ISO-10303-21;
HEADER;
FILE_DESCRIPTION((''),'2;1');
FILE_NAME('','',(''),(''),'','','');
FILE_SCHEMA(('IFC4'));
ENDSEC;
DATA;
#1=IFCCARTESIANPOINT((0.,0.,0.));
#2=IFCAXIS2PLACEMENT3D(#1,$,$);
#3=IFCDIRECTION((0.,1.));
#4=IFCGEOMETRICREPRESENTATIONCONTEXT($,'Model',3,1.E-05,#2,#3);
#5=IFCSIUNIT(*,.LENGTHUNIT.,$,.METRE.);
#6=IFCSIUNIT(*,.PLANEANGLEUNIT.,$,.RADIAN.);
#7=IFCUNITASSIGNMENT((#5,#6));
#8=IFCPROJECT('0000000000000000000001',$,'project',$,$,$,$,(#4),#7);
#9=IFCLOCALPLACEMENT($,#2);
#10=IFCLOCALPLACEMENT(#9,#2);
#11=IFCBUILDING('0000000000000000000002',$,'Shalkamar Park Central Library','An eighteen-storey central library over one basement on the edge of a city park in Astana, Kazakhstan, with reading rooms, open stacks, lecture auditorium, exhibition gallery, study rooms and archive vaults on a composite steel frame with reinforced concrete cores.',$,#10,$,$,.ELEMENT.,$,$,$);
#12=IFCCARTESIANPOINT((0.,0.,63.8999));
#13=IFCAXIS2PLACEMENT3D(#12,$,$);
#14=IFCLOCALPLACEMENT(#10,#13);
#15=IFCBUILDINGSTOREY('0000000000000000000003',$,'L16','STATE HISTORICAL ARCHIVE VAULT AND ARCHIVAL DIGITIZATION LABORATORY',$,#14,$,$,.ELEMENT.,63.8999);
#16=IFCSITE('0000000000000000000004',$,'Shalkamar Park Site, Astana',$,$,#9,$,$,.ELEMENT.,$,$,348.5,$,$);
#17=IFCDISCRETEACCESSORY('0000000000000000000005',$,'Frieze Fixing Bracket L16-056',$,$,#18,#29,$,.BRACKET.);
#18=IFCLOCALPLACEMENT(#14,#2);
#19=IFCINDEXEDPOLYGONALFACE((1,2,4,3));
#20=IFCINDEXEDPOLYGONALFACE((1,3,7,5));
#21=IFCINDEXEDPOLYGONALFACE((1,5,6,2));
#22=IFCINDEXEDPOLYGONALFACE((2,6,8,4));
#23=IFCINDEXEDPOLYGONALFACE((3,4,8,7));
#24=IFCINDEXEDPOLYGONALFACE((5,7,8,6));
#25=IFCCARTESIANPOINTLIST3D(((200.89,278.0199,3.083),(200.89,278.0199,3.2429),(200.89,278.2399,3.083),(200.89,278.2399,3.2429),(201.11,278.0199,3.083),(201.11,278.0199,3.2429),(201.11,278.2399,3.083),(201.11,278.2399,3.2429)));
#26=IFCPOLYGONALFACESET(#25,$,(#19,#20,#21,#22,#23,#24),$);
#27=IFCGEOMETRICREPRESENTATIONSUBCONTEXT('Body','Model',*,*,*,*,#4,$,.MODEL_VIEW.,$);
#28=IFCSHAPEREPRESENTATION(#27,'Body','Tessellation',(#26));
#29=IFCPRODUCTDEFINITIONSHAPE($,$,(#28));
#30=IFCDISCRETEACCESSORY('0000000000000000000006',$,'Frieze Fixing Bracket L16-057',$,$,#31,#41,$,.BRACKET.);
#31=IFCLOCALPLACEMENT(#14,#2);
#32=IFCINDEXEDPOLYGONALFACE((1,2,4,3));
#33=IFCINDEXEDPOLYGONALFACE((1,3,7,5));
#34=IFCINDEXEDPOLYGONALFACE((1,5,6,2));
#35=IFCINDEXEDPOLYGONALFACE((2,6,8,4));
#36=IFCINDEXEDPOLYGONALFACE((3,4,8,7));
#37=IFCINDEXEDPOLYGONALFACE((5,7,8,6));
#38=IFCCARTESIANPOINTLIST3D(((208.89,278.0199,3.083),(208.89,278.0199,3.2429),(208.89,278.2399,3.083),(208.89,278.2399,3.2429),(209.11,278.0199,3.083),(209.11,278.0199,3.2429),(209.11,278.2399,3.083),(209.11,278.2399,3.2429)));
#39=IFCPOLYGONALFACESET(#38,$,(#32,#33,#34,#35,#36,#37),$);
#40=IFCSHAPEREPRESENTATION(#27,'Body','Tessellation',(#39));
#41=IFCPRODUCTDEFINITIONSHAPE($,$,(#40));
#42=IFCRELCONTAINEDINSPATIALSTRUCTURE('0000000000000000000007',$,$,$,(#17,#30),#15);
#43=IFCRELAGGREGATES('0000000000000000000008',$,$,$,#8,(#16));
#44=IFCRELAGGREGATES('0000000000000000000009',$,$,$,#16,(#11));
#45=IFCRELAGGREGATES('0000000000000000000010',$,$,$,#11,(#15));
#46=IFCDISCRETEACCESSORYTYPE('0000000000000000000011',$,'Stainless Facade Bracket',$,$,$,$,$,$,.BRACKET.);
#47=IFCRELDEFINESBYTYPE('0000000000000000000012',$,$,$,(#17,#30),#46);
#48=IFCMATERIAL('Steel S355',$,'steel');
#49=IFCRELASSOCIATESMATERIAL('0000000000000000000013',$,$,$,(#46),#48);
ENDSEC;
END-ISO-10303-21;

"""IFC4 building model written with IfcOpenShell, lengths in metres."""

from ifc_helpers import new_model, si_unit, direction, frame, origin, origin_2d, place, context, subcontext, project, spatial, rectangle, extrude, material, type_object, element, save


model = new_model("IFC4")

# Units and contexts
model_context = context("Model", 3, precision=1e-05, world=origin(), true_north=direction((0.0, 1.0)))
body_context = subcontext(model_context, "Body", "Model", "MODEL_VIEW")
ifc_project = project(units=[si_unit("LENGTHUNIT", "METRE"), si_unit("PLANEANGLEUNIT", "RADIAN")], contexts=[model_context])

# Site, building, storey
site_placement = place(None, origin())
site = spatial("IfcSite", under=ifc_project, at=site_placement, Name="Shalkamar Park Site, Astana", CompositionType="ELEMENT", RefElevation=348.5)
building_placement = place(site_placement, origin())
building = spatial("IfcBuilding", under=site, at=building_placement, Name="Shalkamar Park Central Library", Description="An eighteen-storey central library over one basement on the edge of a city park in Astana, Kazakhstan, with reading rooms, open stacks, lecture auditorium, exhibition gallery, study rooms and archive vaults on a composite steel frame with reinforced concrete cores.", CompositionType="ELEMENT")
storey_placement = place(building_placement, frame((0.0, 0.0, 63.8999)))
storey = spatial("IfcBuildingStorey", under=building, at=storey_placement, Name="L16", Description="STATE HISTORICAL ARCHIVE VAULT AND ARCHIVAL DIGITIZATION LABORATORY", CompositionType="ELEMENT", Elevation=63.8999)

# Shared definitions
ifc_material_1 = material(Name="Steel S355", Category="steel")

# Discrete accessories
discrete_accessory_type = type_object("IfcDiscreteAccessoryType", Name="Stainless Facade Bracket", PredefinedType="BRACKET", material=ifc_material_1)
for number, where, z_axis, x_axis, name in (
    (1, (201.0, 278.1299, 3.083), (0.0, 0.0, 1.0), (1.0, 0.0, 0.0), "Frieze Fixing Bracket L16-056"),
    (2, (209.0, 278.1299, 3.083), (0.0, 0.0, 1.0), (1.0, 0.0, 0.0), "Frieze Fixing Bracket L16-057"),
):
    element("IfcDiscreteAccessory", number, at=place(storey_placement, frame(where, z_axis=z_axis, x_axis=x_axis)), inside=storey, type_object=discrete_accessory_type, Name=name, PredefinedType="BRACKET", context=body_context, shape_type="SweptSolid", body=[
        extrude(rectangle(XDim=0.22, YDim=0.22, at=origin_2d()), origin(), (0.0, 0.0, 1.0), 0.1599),
    ])

save(model, "model.ifc")
